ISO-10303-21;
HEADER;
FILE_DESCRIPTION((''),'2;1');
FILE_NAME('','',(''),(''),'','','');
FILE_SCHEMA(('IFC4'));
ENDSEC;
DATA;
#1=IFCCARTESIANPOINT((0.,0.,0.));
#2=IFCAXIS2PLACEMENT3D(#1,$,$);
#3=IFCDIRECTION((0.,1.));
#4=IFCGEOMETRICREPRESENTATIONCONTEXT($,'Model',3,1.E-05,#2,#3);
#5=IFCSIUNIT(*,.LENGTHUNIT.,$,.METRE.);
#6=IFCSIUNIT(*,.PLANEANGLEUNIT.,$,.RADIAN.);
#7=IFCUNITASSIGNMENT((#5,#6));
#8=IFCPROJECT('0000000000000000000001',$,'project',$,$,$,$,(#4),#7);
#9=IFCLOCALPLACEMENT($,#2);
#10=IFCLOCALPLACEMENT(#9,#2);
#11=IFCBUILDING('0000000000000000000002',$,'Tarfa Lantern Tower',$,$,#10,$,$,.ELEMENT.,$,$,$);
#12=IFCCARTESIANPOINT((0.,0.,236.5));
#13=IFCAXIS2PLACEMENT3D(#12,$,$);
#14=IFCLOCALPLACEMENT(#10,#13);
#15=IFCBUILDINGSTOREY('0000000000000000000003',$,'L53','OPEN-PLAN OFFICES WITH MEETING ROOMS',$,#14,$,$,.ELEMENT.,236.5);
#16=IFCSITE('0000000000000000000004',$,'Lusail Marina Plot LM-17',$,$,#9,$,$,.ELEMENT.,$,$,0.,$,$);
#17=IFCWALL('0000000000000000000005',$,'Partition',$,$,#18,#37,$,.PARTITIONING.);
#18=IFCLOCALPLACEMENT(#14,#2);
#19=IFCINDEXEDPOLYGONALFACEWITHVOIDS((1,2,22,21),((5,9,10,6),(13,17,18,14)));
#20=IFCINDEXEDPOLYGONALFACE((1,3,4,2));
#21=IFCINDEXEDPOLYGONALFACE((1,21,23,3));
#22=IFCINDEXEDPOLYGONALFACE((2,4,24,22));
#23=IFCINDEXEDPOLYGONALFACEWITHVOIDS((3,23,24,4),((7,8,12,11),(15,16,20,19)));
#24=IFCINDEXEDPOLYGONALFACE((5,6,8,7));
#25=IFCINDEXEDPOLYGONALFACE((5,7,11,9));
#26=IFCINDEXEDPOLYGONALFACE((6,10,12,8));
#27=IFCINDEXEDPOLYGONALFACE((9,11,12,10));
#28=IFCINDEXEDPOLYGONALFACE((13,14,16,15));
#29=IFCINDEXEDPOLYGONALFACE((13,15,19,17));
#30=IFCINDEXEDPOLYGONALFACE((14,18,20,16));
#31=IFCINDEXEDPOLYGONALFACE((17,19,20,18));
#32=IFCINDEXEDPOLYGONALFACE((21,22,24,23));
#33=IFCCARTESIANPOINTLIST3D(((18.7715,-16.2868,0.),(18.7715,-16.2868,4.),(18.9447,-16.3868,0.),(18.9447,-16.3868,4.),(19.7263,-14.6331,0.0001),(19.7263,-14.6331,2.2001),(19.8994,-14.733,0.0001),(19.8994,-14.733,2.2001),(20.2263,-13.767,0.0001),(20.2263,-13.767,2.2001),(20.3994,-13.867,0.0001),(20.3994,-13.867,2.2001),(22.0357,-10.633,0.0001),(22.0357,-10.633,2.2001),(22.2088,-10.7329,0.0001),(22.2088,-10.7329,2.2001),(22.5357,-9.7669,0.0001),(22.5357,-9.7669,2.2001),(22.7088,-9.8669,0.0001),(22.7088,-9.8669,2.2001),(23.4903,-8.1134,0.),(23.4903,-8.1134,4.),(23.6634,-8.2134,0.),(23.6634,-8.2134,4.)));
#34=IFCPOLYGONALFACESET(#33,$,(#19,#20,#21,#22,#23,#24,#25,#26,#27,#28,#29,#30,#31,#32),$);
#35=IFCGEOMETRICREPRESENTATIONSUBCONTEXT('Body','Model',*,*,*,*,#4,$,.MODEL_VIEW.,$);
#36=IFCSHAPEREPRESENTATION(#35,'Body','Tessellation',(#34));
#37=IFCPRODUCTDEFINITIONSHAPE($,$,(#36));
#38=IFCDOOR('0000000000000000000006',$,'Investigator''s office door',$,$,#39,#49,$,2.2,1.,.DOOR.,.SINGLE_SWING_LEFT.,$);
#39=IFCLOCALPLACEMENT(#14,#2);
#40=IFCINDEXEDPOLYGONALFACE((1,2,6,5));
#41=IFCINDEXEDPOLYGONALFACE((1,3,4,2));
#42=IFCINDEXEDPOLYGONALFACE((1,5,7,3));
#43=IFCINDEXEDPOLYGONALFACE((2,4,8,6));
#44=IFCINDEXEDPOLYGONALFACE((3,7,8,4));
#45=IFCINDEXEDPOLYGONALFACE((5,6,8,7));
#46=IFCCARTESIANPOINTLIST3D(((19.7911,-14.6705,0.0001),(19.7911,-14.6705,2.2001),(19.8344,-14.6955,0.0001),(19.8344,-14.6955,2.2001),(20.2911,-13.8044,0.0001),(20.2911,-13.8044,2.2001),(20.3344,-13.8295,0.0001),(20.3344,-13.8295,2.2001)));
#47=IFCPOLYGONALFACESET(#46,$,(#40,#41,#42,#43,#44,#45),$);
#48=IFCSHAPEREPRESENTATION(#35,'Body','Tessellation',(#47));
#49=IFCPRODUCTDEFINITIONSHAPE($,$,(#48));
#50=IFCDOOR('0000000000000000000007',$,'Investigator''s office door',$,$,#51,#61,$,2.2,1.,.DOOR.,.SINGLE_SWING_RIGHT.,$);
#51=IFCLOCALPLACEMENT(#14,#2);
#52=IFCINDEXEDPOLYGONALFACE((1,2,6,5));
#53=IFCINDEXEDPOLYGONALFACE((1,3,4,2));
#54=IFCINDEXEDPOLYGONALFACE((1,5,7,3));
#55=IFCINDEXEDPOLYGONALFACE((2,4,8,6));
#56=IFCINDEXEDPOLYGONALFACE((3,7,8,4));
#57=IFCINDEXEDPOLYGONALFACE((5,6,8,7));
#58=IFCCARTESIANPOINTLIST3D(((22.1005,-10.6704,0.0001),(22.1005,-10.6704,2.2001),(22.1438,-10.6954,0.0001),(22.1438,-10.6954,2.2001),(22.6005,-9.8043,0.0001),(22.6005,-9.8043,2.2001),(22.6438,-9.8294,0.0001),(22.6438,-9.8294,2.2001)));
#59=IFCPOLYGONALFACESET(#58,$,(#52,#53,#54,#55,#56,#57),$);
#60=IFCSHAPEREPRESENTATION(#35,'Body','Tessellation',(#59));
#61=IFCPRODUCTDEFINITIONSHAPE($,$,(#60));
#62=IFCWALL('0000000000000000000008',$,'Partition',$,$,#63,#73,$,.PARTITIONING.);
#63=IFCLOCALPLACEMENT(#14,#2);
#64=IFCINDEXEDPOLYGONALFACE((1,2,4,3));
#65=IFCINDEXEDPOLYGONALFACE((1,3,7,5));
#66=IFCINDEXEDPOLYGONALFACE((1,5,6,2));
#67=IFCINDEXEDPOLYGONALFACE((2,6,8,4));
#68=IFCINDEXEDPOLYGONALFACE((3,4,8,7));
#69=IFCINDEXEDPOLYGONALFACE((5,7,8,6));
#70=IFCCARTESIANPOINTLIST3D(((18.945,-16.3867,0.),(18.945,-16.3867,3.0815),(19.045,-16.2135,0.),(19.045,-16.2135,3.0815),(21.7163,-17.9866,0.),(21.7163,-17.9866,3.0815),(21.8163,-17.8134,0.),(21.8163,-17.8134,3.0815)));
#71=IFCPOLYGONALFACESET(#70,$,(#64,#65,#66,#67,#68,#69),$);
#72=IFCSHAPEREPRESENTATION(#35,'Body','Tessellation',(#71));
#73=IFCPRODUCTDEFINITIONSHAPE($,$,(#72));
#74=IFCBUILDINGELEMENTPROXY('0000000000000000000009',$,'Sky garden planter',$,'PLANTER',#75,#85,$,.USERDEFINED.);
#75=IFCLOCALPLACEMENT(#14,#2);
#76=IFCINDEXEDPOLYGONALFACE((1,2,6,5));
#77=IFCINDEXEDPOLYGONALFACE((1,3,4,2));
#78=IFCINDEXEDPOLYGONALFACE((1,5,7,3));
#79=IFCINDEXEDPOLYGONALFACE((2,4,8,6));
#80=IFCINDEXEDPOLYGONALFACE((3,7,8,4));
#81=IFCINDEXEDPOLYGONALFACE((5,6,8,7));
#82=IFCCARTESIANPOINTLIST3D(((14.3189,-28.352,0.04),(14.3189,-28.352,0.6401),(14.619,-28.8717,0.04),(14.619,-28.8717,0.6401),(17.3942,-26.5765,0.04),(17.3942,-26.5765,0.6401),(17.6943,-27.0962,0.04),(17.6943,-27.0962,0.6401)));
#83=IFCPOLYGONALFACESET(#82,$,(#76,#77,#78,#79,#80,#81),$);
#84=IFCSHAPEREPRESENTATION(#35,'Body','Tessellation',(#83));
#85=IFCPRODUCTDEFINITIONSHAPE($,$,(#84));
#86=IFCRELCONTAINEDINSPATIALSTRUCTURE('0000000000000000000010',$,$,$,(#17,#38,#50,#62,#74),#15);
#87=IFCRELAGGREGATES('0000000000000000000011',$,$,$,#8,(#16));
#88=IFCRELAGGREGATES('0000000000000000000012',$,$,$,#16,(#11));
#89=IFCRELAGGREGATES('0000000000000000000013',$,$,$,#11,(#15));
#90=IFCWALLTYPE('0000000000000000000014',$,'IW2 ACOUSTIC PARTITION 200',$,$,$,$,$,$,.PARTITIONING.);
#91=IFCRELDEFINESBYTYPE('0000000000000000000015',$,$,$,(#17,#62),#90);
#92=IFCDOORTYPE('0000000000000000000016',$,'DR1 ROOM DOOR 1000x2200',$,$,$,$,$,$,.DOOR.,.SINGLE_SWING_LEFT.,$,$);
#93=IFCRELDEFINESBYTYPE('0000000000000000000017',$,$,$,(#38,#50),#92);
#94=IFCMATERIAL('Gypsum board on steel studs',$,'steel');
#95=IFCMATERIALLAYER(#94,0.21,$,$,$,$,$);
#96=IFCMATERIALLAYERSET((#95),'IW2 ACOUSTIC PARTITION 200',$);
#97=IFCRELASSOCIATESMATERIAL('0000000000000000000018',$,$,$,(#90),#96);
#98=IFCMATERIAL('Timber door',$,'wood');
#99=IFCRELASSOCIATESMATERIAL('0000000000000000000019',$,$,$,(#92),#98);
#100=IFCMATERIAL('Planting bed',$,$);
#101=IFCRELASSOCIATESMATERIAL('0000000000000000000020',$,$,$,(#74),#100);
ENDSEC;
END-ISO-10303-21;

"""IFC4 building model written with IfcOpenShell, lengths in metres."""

from ifc_helpers import new_model, si_unit, direction, frame, frame_2d, origin, origin_2d, place, context, subcontext, project, spatial, rectangle, extrude, material, layer, layer_set, type_object, element, fill, save


model = new_model("IFC4")

# Units and contexts
model_context = context("Model", 3, precision=1e-05, world=origin(), true_north=direction((0.0, 1.0)))
body_context = subcontext(model_context, "Body", "Model", "MODEL_VIEW")
ifc_project = project(units=[si_unit("LENGTHUNIT", "METRE"), si_unit("PLANEANGLEUNIT", "RADIAN")], contexts=[model_context])

# Site, building, storey
site_placement = place(None, origin())
site = spatial("IfcSite", under=ifc_project, at=site_placement, Name="Lusail Marina Plot LM-17", CompositionType="ELEMENT", RefElevation=0.0)
building_placement = place(site_placement, origin())
building = spatial("IfcBuilding", under=site, at=building_placement, Name="Tarfa Lantern Tower", CompositionType="ELEMENT")
storey_placement = place(building_placement, frame((0.0, 0.0, 236.5)))
storey = spatial("IfcBuildingStorey", under=building, at=storey_placement, Name="L53", Description="OPEN-PLAN OFFICES WITH MEETING ROOMS", CompositionType="ELEMENT", Elevation=236.5)

# Shared definitions
ifc_material_1 = material(Name="Gypsum board on steel studs", Category="steel")
ifc_layer_1 = layer(ifc_material_1, 0.21)
ifc_layer_set_1 = layer_set([ifc_layer_1], Name="IW2 ACOUSTIC PARTITION 200")
wall_type_1 = type_object("IfcWallType", Name="IW2 ACOUSTIC PARTITION 200", PredefinedType="PARTITIONING", material=ifc_layer_set_1)

# Shared definitions
ifc_material_2 = material(Name="Timber door", Category="wood")

# Wall, openings, doors
wall_1_placement = place(storey_placement, frame((18.8582, -16.3367, 0.0), z_axis=(0.0, 0.0, 1.0), x_axis=(0.49999, 0.866031, 0.0)))
wall_1 = element("IfcWall", 1, at=wall_1_placement, inside=storey, type_object=wall_type_1, Name="Partition", PredefinedType="PARTITIONING", context=body_context, shape_type="SweptSolid", body=[
    extrude(rectangle(XDim=9.4377, YDim=0.2, at=frame_2d((4.7188, 0.0))), origin(), (0.0, 0.0, 1.0), 4.0),
])
opening_1_placement = place(wall_1_placement, frame((1.9094, 0.0, 0.0)))
opening_1 = element("IfcOpeningElement", 2, at=opening_1_placement, cuts=wall_1, PredefinedType="OPENING", context=body_context, shape_type="SweptSolid", body=[
    extrude(rectangle(XDim=1.0, YDim=2.2, at=frame_2d((0.5, 1.1001))), frame((0.0, 0.1099, 0.0), z_axis=(0.0, -1.0, 0.0), x_axis=(1.0, 0.0, 0.0)), (0.0, 0.0, 1.0), 0.22),
])
opening_2_placement = place(wall_1_placement, frame((6.5283, 0.0, 0.0)))
opening_2 = element("IfcOpeningElement", 3, at=opening_2_placement, cuts=wall_1, PredefinedType="OPENING", context=body_context, shape_type="SweptSolid", body=[
    extrude(rectangle(XDim=1.0, YDim=2.2, at=frame_2d((0.5, 1.1001))), frame((0.0, 0.1099, 0.0), z_axis=(0.0, -1.0, 0.0), x_axis=(1.0, 0.0, 0.0)), (0.0, 0.0, 1.0), 0.22),
])
door_type_1 = type_object("IfcDoorType", Name="DR1 ROOM DOOR 1000x2200", OperationType="SINGLE_SWING_LEFT", PredefinedType="DOOR", material=ifc_material_2)
door_1_placement = place(opening_1_placement, frame((1.0, 0.0, 0.0), z_axis=(0.0, 0.0, 1.0), x_axis=(-1.0, 0.0, 0.0)))
door_1 = element("IfcDoor", 4, at=door_1_placement, inside=storey, type_object=door_type_1, Name="Investigator's office door", OperationType="SINGLE_SWING_LEFT", OverallHeight=2.2, OverallWidth=1.0, PredefinedType="DOOR", context=body_context, shape_type="SweptSolid", body=[
    extrude(rectangle(XDim=1.0, YDim=2.2, at=frame_2d((0.5, 1.1001))), frame((0.0, 0.0249, 0.0), z_axis=(0.0, -1.0, 0.0), x_axis=(1.0, 0.0, 0.0)), (0.0, 0.0, 1.0), 0.05),
])
fill(opening_1, door_1)
door_2_placement = place(opening_2_placement, frame((1.0, 0.0, 0.0), z_axis=(0.0, 0.0, 1.0), x_axis=(-1.0, 0.0, 0.0)))
door_2 = element("IfcDoor", 5, at=door_2_placement, inside=storey, type_object=door_type_1, Name="Investigator's office door", OperationType="SINGLE_SWING_RIGHT", OverallHeight=2.2, OverallWidth=1.0, PredefinedType="DOOR", context=body_context, shape_type="SweptSolid", body=[
    extrude(rectangle(XDim=1.0, YDim=2.2, at=frame_2d((0.5, 1.1001))), frame((0.0, 0.0249, 0.0), z_axis=(0.0, -1.0, 0.0), x_axis=(1.0, 0.0, 0.0)), (0.0, 0.0, 1.0), 0.05),
])
fill(opening_2, door_2)

# Wall
wall_2_placement = place(storey_placement, frame((18.9949, -16.3, 0.0), z_axis=(0.0, 0.0, 1.0), x_axis=(0.866042, -0.499971, 0.0)))
element("IfcWall", 6, at=wall_2_placement, inside=storey, type_object=wall_type_1, Name="Partition", PredefinedType="PARTITIONING", context=body_context, shape_type="SweptSolid", body=[
    extrude(rectangle(XDim=3.2, YDim=0.2, at=frame_2d((1.6001, 0.0))), origin(), (0.0, 0.0, 1.0), 3.0815),
])

# Building element proxy
ifc_material_3 = material(Name="Planting bed")
proxy_placement = place(storey_placement, frame((16.0066, -27.7241, 0.04), z_axis=(0.0, 0.0, 1.0), x_axis=(0.866025, 0.5, 0.0)))
element("IfcBuildingElementProxy", 7, at=proxy_placement, inside=storey, material=ifc_material_3, Name="Sky garden planter", ObjectType="PLANTER", PredefinedType="USERDEFINED", context=body_context, shape_type="SweptSolid", body=[
    extrude(rectangle(XDim=3.551, YDim=0.6001, at=origin_2d()), origin(), (0.0, 0.0, 1.0), 0.6001),
])

save(model, "model.ifc")
